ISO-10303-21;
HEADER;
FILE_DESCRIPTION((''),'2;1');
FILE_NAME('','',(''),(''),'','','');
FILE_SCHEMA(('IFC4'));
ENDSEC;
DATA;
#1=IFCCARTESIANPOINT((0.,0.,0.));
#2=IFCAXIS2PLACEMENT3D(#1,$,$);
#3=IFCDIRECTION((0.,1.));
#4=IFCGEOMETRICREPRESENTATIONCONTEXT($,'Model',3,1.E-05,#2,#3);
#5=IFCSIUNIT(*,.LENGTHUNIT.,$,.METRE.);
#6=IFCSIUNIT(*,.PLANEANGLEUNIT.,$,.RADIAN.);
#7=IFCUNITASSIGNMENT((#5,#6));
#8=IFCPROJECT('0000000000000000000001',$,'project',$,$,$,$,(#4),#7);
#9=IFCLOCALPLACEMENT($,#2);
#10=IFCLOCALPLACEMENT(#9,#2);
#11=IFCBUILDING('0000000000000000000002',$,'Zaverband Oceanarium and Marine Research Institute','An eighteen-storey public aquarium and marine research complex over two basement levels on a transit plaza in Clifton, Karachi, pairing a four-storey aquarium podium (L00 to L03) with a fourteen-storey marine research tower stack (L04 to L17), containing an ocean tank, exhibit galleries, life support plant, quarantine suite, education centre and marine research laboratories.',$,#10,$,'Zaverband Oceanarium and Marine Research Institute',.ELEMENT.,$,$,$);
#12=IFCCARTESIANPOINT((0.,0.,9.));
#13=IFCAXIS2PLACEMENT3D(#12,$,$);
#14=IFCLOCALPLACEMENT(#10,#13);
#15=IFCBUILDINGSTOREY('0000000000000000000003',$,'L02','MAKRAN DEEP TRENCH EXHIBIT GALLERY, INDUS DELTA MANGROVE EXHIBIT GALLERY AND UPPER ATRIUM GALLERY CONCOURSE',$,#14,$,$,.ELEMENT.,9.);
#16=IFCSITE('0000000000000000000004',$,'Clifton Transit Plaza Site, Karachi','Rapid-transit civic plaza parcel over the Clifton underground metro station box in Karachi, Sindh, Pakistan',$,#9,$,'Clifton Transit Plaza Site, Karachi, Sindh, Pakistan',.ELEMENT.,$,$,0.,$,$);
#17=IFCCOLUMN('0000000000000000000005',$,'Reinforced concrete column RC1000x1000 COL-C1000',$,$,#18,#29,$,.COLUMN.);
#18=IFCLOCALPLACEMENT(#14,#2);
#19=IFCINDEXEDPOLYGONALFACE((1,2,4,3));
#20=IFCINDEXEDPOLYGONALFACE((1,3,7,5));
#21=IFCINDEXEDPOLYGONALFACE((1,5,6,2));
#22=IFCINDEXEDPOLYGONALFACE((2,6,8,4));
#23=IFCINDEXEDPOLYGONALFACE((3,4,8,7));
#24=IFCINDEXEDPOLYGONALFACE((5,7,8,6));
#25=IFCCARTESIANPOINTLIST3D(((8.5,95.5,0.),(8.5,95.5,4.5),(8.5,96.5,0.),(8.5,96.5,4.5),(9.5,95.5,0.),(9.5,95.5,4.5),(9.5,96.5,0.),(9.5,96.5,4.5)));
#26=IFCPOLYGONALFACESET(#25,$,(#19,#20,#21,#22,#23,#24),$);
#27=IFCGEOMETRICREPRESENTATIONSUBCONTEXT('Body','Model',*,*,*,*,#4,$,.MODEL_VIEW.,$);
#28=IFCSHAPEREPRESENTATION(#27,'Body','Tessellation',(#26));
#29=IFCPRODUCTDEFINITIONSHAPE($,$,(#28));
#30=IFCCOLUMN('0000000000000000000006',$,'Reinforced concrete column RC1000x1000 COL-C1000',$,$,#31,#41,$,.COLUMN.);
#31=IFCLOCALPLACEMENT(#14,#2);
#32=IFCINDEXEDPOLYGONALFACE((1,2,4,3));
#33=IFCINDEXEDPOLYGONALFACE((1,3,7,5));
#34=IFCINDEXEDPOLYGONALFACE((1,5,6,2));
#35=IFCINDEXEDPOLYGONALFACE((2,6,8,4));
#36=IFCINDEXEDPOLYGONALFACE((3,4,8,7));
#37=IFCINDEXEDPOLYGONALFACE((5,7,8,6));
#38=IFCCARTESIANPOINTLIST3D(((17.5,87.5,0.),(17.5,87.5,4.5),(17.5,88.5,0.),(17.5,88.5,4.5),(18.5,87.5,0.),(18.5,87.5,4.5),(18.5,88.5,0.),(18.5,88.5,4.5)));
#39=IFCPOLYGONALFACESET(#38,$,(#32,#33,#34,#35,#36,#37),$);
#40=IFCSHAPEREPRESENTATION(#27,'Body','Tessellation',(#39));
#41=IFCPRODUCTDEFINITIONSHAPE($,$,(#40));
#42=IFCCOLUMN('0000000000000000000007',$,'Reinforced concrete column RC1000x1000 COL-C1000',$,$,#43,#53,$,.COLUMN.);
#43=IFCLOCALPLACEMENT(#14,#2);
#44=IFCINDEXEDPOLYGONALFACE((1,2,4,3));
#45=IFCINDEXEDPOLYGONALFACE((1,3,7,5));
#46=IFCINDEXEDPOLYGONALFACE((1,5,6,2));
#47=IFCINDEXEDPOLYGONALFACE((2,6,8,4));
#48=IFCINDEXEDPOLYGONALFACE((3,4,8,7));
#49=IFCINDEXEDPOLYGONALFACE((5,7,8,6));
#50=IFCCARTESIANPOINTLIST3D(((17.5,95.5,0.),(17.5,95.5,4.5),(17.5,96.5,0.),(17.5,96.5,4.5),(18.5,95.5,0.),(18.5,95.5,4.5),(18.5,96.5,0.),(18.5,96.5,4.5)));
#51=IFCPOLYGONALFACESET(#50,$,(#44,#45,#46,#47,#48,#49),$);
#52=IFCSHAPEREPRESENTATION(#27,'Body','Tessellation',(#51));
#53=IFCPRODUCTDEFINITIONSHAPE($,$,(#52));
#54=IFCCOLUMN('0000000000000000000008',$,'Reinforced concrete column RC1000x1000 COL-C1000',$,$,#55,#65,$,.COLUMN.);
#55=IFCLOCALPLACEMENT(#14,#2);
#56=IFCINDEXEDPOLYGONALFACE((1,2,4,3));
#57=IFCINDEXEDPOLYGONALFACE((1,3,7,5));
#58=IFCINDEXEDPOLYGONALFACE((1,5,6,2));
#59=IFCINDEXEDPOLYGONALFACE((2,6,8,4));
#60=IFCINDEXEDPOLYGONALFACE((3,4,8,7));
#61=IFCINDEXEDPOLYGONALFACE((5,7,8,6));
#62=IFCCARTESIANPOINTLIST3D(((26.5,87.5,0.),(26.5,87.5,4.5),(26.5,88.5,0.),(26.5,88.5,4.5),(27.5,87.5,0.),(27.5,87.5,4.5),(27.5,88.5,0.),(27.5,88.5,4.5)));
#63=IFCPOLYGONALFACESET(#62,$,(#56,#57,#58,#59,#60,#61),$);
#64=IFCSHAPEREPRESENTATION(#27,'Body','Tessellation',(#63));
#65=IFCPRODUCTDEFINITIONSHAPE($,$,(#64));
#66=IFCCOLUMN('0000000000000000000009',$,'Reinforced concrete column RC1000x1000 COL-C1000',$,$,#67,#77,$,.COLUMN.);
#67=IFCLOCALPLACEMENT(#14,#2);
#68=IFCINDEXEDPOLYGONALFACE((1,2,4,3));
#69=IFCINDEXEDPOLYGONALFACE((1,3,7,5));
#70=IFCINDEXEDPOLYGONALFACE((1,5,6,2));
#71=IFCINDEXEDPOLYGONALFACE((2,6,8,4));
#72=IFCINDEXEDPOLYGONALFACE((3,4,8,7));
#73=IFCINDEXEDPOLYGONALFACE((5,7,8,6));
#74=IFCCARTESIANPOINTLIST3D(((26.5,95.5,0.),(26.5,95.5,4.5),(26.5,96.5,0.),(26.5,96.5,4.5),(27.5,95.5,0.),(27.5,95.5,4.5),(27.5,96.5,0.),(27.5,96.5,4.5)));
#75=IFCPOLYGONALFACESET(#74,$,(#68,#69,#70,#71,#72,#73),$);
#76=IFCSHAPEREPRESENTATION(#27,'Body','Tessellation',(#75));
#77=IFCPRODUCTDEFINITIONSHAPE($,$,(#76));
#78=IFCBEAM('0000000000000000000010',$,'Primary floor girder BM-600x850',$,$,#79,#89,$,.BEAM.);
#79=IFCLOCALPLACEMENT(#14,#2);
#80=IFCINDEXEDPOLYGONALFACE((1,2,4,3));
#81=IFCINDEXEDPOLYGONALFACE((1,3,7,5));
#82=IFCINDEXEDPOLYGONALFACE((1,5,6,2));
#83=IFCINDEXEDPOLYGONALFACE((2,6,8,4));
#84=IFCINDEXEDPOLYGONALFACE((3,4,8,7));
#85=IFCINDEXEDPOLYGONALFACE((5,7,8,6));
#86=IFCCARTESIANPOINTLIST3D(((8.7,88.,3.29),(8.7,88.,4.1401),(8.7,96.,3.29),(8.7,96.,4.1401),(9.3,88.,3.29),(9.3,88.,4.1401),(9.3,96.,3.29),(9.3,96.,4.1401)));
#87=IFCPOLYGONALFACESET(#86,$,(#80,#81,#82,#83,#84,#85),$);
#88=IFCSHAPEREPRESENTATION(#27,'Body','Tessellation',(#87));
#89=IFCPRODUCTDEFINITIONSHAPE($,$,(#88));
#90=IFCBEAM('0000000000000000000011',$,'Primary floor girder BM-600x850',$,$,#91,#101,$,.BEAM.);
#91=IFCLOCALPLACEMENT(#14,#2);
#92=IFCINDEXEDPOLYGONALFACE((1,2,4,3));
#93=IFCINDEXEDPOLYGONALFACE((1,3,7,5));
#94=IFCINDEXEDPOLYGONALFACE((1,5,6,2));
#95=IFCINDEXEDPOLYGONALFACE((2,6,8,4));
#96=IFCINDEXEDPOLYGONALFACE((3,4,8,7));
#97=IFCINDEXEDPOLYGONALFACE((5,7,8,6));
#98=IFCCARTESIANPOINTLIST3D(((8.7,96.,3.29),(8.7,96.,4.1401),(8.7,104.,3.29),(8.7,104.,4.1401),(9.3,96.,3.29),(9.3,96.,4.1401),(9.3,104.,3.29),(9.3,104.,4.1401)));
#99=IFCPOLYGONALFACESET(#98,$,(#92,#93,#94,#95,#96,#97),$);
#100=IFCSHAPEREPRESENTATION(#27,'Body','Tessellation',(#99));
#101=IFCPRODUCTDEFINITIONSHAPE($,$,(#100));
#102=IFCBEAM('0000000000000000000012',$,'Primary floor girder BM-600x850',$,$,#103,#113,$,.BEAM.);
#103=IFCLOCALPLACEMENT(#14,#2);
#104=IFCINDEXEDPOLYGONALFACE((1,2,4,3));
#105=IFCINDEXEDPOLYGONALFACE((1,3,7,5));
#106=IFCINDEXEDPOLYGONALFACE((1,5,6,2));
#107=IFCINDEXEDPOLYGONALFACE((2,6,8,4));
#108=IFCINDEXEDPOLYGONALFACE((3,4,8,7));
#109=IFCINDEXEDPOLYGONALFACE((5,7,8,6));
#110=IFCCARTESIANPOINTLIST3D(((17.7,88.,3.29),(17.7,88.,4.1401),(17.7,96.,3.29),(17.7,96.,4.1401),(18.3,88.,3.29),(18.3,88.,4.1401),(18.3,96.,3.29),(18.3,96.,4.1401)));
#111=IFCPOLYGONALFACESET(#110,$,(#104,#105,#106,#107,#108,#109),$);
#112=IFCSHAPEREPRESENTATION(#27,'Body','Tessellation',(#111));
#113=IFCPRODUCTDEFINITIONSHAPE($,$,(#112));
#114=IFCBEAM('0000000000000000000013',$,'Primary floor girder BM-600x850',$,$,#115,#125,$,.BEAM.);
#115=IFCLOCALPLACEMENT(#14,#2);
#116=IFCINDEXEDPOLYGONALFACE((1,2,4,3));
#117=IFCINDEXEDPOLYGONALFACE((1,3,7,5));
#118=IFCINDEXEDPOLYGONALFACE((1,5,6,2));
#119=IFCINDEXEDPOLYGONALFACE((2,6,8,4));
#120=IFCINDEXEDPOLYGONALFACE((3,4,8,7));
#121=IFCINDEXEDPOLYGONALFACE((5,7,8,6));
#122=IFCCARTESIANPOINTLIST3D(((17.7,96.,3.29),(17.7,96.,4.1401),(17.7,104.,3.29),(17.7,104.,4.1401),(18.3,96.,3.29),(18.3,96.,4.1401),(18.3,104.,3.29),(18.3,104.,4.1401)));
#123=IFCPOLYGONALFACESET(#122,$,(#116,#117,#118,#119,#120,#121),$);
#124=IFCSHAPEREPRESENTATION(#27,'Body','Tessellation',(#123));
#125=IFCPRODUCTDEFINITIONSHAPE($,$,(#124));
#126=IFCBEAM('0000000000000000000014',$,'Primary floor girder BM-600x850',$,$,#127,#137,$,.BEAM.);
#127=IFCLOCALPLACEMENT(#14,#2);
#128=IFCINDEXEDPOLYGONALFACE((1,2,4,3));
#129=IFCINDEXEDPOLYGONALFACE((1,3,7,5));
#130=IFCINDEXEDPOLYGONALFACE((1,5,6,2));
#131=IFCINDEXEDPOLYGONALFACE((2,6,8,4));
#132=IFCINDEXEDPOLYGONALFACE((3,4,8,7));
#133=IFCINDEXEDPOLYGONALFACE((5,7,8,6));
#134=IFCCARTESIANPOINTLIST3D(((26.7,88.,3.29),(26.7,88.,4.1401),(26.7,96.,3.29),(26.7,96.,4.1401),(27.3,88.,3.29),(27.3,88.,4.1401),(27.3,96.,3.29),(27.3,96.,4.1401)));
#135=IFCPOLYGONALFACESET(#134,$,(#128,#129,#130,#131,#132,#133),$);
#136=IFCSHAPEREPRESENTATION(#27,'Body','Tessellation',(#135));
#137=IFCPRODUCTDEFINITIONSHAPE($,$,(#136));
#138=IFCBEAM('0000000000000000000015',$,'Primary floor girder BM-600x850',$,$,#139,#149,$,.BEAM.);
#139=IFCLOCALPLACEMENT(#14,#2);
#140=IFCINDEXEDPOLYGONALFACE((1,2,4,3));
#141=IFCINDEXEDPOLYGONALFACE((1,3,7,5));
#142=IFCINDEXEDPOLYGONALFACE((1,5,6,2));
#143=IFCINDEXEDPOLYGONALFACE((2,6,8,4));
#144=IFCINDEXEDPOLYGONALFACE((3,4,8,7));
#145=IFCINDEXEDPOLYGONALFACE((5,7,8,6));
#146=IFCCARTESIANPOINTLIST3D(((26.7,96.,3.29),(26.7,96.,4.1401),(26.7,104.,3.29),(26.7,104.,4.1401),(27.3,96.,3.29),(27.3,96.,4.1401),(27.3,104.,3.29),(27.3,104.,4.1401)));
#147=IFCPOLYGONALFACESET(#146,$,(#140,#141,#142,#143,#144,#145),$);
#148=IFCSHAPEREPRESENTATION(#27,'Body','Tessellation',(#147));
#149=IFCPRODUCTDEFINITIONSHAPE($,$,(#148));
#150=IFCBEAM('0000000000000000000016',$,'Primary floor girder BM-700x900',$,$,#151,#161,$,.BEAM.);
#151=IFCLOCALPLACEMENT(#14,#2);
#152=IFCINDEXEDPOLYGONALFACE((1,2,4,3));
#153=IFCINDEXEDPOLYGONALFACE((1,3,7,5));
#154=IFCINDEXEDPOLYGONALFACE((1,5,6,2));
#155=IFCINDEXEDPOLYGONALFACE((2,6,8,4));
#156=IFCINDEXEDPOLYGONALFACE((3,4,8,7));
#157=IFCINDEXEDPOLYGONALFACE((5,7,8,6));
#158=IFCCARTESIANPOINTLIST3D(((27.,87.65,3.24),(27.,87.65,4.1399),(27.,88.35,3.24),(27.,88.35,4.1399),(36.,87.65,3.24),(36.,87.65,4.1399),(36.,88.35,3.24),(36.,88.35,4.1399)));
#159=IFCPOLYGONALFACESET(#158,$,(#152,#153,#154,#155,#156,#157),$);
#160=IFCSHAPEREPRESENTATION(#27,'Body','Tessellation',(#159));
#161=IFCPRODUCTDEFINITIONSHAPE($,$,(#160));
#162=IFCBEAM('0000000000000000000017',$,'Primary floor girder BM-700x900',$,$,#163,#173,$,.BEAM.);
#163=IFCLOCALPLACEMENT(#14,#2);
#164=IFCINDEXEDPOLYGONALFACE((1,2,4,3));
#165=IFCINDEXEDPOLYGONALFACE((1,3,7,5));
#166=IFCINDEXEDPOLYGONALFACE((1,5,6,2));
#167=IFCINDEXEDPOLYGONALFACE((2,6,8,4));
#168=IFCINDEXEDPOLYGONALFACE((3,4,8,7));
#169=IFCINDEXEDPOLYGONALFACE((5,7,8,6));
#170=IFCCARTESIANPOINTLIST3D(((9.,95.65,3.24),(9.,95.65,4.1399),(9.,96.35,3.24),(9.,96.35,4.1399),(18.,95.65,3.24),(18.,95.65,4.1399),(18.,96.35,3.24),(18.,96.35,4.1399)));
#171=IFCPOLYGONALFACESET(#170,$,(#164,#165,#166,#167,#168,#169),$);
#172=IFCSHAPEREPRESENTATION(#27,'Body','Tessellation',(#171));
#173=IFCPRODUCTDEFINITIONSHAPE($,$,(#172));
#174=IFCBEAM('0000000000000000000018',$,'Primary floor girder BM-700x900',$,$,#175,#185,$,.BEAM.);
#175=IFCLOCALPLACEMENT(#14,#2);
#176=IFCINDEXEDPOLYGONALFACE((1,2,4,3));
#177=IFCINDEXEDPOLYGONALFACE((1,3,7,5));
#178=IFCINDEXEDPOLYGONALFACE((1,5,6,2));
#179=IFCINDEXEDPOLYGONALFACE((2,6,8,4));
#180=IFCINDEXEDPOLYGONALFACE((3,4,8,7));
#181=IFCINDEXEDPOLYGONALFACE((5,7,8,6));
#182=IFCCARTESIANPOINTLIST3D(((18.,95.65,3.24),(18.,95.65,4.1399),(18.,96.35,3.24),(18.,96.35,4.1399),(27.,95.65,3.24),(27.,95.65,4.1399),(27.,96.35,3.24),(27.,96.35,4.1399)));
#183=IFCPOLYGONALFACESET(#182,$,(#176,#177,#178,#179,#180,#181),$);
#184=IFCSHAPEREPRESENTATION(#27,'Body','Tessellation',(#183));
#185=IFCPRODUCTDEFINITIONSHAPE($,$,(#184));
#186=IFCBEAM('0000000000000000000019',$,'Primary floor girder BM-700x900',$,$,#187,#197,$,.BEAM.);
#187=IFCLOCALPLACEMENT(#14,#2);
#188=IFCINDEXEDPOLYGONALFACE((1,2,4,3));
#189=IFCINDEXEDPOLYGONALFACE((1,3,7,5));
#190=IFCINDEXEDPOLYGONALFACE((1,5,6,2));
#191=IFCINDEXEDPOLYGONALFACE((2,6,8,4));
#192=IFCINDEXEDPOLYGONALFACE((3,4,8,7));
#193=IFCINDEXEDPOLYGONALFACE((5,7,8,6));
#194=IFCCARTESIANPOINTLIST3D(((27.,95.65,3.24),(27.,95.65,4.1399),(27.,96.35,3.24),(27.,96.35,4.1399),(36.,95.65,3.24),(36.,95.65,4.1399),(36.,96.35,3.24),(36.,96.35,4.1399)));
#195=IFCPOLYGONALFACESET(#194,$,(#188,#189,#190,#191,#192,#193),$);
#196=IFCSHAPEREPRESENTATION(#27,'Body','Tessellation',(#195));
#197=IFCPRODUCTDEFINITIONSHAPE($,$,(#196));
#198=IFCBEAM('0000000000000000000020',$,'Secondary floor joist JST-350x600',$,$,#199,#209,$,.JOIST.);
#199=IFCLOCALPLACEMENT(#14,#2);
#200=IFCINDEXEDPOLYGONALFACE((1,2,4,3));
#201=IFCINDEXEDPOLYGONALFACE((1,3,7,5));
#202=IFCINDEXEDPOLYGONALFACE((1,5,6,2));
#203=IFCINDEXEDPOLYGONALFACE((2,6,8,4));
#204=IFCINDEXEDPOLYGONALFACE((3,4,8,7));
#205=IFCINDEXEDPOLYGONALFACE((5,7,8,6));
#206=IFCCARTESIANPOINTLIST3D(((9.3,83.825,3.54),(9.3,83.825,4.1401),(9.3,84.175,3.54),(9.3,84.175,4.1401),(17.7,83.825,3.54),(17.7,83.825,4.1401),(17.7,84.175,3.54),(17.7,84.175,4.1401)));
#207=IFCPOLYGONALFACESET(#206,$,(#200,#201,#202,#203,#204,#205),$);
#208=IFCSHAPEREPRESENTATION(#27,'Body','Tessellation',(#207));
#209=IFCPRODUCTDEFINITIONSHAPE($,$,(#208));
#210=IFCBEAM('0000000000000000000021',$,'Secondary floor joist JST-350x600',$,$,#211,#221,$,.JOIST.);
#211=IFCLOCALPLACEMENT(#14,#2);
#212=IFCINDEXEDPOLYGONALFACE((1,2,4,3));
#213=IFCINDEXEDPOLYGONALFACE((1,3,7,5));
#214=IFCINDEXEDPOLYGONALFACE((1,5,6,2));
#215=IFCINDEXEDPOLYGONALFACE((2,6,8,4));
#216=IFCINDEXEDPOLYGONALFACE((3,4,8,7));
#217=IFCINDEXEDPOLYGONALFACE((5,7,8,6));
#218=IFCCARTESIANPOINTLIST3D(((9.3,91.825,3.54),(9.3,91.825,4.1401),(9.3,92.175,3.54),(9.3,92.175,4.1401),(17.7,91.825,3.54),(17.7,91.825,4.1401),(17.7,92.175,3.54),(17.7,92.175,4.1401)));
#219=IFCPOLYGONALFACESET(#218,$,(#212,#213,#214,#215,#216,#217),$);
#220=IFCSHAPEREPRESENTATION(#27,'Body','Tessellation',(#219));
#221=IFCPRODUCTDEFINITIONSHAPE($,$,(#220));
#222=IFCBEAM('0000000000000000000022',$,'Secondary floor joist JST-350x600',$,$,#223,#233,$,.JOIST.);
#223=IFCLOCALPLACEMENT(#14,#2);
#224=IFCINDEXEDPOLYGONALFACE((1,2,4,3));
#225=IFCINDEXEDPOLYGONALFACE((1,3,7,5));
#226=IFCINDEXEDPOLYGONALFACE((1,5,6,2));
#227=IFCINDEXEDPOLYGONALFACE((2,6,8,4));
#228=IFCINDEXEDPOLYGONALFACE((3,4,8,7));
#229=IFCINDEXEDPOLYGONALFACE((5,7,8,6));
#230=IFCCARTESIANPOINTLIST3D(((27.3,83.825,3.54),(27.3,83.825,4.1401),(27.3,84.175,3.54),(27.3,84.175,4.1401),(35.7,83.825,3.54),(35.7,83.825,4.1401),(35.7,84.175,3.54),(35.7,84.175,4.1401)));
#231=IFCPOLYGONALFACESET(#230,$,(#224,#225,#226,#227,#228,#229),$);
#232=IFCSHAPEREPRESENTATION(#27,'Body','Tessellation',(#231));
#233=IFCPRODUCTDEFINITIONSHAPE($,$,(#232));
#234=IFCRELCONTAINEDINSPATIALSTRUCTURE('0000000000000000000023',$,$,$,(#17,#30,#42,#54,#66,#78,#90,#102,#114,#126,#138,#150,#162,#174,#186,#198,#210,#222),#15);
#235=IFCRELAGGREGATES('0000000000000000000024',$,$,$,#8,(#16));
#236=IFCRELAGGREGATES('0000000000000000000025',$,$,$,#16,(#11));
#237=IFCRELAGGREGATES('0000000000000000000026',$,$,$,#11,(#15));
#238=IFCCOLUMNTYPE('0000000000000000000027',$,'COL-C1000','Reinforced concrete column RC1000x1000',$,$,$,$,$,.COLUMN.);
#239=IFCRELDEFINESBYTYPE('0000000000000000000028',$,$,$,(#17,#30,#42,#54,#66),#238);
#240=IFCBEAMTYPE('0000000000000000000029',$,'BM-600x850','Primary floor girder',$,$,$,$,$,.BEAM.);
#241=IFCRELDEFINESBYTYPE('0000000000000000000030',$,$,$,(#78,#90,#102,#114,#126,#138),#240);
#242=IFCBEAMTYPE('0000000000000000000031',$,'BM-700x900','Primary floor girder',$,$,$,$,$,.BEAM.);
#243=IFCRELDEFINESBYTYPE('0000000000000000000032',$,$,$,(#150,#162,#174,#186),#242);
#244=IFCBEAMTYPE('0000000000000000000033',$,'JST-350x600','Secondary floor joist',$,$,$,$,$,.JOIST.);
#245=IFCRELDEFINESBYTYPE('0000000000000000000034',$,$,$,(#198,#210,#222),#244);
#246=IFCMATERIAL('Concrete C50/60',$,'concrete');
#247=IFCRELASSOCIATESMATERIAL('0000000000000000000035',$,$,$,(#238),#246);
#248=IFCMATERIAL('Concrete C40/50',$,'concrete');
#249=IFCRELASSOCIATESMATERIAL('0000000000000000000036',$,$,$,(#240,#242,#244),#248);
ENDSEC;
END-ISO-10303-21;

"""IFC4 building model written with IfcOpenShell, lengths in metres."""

from ifc_helpers import new_model, si_unit, direction, frame, origin, origin_2d, place, context, subcontext, project, spatial, rectangle, extrude, material, material_profile, profile_set, type_object, element, save


model = new_model("IFC4")

# Units and contexts
model_context = context("Model", 3, precision=1e-05, world=origin(), true_north=direction((0.0, 1.0)))
body_context = subcontext(model_context, "Body", "Model", "MODEL_VIEW")
ifc_project = project(units=[si_unit("LENGTHUNIT", "METRE"), si_unit("PLANEANGLEUNIT", "RADIAN")], contexts=[model_context])

# Site, building, storey
site_placement = place(None, origin())
site = spatial("IfcSite", under=ifc_project, at=site_placement, Name="Clifton Transit Plaza Site, Karachi", Description="Rapid-transit civic plaza parcel over the Clifton underground metro station box in Karachi, Sindh, Pakistan", LongName="Clifton Transit Plaza Site, Karachi, Sindh, Pakistan", CompositionType="ELEMENT", RefElevation=0.0)
building_placement = place(site_placement, origin())
building = spatial("IfcBuilding", under=site, at=building_placement, Name="Zaverband Oceanarium and Marine Research Institute", Description="An eighteen-storey public aquarium and marine research complex over two basement levels on a transit plaza in Clifton, Karachi, pairing a four-storey aquarium podium (L00 to L03) with a fourteen-storey marine research tower stack (L04 to L17), containing an ocean tank, exhibit galleries, life support plant, quarantine suite, education centre and marine research laboratories.", LongName="Zaverband Oceanarium and Marine Research Institute", CompositionType="ELEMENT")
storey_placement = place(building_placement, frame((0.0, 0.0, 9.0)))
storey = spatial("IfcBuildingStorey", under=building, at=storey_placement, Name="L02", Description="MAKRAN DEEP TRENCH EXHIBIT GALLERY, INDUS DELTA MANGROVE EXHIBIT GALLERY AND UPPER ATRIUM GALLERY CONCOURSE", CompositionType="ELEMENT", Elevation=9.0)

# Columns
ifc_material_1 = material(Name="Concrete C50/60", Category="concrete")
ifc_material_profile_1 = material_profile(ifc_material_1, rectangle(XDim=1.0, YDim=1.0, at=origin_2d()), Name="RC1000x1000")
ifc_profile_set_1 = profile_set([ifc_material_profile_1], Name="Concrete C50/60")
column_type = type_object("IfcColumnType", Name="COL-C1000", Description="Reinforced concrete column RC1000x1000", PredefinedType="COLUMN", material=ifc_profile_set_1)
for number, where, z_axis, x_axis, name in (
    (1, (9.0, 96.0, 0.0), (0.0, 0.0, 1.0), (1.0, 0.0, 0.0), "Reinforced concrete column RC1000x1000 COL-C1000"),
    (2, (18.0, 88.0, 0.0), (0.0, 0.0, 1.0), (1.0, 0.0, 0.0), "Reinforced concrete column RC1000x1000 COL-C1000"),
    (3, (18.0, 96.0, 0.0), (0.0, 0.0, 1.0), (1.0, 0.0, 0.0), "Reinforced concrete column RC1000x1000 COL-C1000"),
    (4, (27.0, 88.0, 0.0), (0.0, 0.0, 1.0), (1.0, 0.0, 0.0), "Reinforced concrete column RC1000x1000 COL-C1000"),
    (5, (27.0, 96.0, 0.0), (0.0, 0.0, 1.0), (1.0, 0.0, 0.0), "Reinforced concrete column RC1000x1000 COL-C1000"),
):
    element("IfcColumn", number, at=place(storey_placement, frame(where, z_axis=z_axis, x_axis=x_axis)), inside=storey, type_object=column_type, Name=name, PredefinedType="COLUMN", context=body_context, shape_type="SweptSolid", body=[
        extrude(rectangle(XDim=1.0, YDim=1.0, at=origin_2d()), origin(), (0.0, 0.0, 1.0), 4.5),
    ])

# Beams
ifc_material_2 = material(Name="Concrete C40/50", Category="concrete")
ifc_material_profile_2 = material_profile(ifc_material_2, rectangle(XDim=0.6001, YDim=0.8501, at=origin_2d()), Name="RC600x850")
ifc_profile_set_2 = profile_set([ifc_material_profile_2], Name="Concrete C40/50")
beam_type_1 = type_object("IfcBeamType", Name="BM-600x850", Description="Primary floor girder", PredefinedType="BEAM", material=ifc_profile_set_2)
for number, where, z_axis, x_axis, name in (
    (6, (9.0, 88.0, 3.7151), (0.0, 1.0, 0.0), (-1.0, 0.0, 0.0), "Primary floor girder BM-600x850"),
    (7, (9.0, 96.0, 3.7151), (0.0, 1.0, 0.0), (-1.0, 0.0, 0.0), "Primary floor girder BM-600x850"),
    (8, (18.0, 88.0, 3.7151), (0.0, 1.0, 0.0), (-1.0, 0.0, 0.0), "Primary floor girder BM-600x850"),
    (9, (18.0, 96.0, 3.7151), (0.0, 1.0, 0.0), (-1.0, 0.0, 0.0), "Primary floor girder BM-600x850"),
    (10, (27.0, 88.0, 3.7151), (0.0, 1.0, 0.0), (-1.0, 0.0, 0.0), "Primary floor girder BM-600x850"),
    (11, (27.0, 96.0, 3.7151), (0.0, 1.0, 0.0), (-1.0, 0.0, 0.0), "Primary floor girder BM-600x850"),
):
    element("IfcBeam", number, at=place(storey_placement, frame(where, z_axis=z_axis, x_axis=x_axis)), inside=storey, type_object=beam_type_1, Name=name, PredefinedType="BEAM", context=body_context, shape_type="SweptSolid", body=[
        extrude(rectangle(XDim=0.6001, YDim=0.8501, at=origin_2d()), origin(), (0.0, 0.0, 1.0), 8.0),
    ])
ifc_material_profile_3 = material_profile(ifc_material_2, rectangle(XDim=0.7, YDim=0.8999, at=origin_2d()), Name="RC700x900")
ifc_profile_set_3 = profile_set([ifc_material_profile_3], Name="Concrete C40/50")
beam_type_2 = type_object("IfcBeamType", Name="BM-700x900", Description="Primary floor girder", PredefinedType="BEAM", material=ifc_profile_set_3)
for number, where, z_axis, x_axis, name in (
    (12, (27.0, 88.0, 3.6899), (1.0, 0.0, 0.0), (0.0, 1.0, 0.0), "Primary floor girder BM-700x900"),
    (13, (9.0, 96.0, 3.6899), (1.0, 0.0, 0.0), (0.0, 1.0, 0.0), "Primary floor girder BM-700x900"),
    (14, (18.0, 96.0, 3.6899), (1.0, 0.0, 0.0), (0.0, 1.0, 0.0), "Primary floor girder BM-700x900"),
    (15, (27.0, 96.0, 3.6899), (1.0, 0.0, 0.0), (0.0, 1.0, 0.0), "Primary floor girder BM-700x900"),
):
    element("IfcBeam", number, at=place(storey_placement, frame(where, z_axis=z_axis, x_axis=x_axis)), inside=storey, type_object=beam_type_2, Name=name, PredefinedType="BEAM", context=body_context, shape_type="SweptSolid", body=[
        extrude(rectangle(XDim=0.7, YDim=0.8999, at=origin_2d()), origin(), (0.0, 0.0, 1.0), 9.0),
    ])
ifc_material_profile_4 = material_profile(ifc_material_2, rectangle(XDim=0.3501, YDim=0.6001, at=origin_2d()), Name="RC350x600")
ifc_profile_set_4 = profile_set([ifc_material_profile_4], Name="Concrete C40/50")
beam_type_3 = type_object("IfcBeamType", Name="JST-350x600", Description="Secondary floor joist", PredefinedType="JOIST", material=ifc_profile_set_4)
for number, where, z_axis, x_axis, name in (
    (16, (9.3, 84.0, 3.8401), (1.0, 0.0, 0.0), (0.0, 1.0, 0.0), "Secondary floor joist JST-350x600"),
    (17, (9.3, 92.0, 3.8401), (1.0, 0.0, 0.0), (0.0, 1.0, 0.0), "Secondary floor joist JST-350x600"),
    (18, (27.3, 84.0, 3.8401), (1.0, 0.0, 0.0), (0.0, 1.0, 0.0), "Secondary floor joist JST-350x600"),
):
    element("IfcBeam", number, at=place(storey_placement, frame(where, z_axis=z_axis, x_axis=x_axis)), inside=storey, type_object=beam_type_3, Name=name, PredefinedType="JOIST", context=body_context, shape_type="SweptSolid", body=[
        extrude(rectangle(XDim=0.3501, YDim=0.6001, at=origin_2d()), origin(), (0.0, 0.0, 1.0), 8.3999),
    ])

save(model, "model.ifc")
